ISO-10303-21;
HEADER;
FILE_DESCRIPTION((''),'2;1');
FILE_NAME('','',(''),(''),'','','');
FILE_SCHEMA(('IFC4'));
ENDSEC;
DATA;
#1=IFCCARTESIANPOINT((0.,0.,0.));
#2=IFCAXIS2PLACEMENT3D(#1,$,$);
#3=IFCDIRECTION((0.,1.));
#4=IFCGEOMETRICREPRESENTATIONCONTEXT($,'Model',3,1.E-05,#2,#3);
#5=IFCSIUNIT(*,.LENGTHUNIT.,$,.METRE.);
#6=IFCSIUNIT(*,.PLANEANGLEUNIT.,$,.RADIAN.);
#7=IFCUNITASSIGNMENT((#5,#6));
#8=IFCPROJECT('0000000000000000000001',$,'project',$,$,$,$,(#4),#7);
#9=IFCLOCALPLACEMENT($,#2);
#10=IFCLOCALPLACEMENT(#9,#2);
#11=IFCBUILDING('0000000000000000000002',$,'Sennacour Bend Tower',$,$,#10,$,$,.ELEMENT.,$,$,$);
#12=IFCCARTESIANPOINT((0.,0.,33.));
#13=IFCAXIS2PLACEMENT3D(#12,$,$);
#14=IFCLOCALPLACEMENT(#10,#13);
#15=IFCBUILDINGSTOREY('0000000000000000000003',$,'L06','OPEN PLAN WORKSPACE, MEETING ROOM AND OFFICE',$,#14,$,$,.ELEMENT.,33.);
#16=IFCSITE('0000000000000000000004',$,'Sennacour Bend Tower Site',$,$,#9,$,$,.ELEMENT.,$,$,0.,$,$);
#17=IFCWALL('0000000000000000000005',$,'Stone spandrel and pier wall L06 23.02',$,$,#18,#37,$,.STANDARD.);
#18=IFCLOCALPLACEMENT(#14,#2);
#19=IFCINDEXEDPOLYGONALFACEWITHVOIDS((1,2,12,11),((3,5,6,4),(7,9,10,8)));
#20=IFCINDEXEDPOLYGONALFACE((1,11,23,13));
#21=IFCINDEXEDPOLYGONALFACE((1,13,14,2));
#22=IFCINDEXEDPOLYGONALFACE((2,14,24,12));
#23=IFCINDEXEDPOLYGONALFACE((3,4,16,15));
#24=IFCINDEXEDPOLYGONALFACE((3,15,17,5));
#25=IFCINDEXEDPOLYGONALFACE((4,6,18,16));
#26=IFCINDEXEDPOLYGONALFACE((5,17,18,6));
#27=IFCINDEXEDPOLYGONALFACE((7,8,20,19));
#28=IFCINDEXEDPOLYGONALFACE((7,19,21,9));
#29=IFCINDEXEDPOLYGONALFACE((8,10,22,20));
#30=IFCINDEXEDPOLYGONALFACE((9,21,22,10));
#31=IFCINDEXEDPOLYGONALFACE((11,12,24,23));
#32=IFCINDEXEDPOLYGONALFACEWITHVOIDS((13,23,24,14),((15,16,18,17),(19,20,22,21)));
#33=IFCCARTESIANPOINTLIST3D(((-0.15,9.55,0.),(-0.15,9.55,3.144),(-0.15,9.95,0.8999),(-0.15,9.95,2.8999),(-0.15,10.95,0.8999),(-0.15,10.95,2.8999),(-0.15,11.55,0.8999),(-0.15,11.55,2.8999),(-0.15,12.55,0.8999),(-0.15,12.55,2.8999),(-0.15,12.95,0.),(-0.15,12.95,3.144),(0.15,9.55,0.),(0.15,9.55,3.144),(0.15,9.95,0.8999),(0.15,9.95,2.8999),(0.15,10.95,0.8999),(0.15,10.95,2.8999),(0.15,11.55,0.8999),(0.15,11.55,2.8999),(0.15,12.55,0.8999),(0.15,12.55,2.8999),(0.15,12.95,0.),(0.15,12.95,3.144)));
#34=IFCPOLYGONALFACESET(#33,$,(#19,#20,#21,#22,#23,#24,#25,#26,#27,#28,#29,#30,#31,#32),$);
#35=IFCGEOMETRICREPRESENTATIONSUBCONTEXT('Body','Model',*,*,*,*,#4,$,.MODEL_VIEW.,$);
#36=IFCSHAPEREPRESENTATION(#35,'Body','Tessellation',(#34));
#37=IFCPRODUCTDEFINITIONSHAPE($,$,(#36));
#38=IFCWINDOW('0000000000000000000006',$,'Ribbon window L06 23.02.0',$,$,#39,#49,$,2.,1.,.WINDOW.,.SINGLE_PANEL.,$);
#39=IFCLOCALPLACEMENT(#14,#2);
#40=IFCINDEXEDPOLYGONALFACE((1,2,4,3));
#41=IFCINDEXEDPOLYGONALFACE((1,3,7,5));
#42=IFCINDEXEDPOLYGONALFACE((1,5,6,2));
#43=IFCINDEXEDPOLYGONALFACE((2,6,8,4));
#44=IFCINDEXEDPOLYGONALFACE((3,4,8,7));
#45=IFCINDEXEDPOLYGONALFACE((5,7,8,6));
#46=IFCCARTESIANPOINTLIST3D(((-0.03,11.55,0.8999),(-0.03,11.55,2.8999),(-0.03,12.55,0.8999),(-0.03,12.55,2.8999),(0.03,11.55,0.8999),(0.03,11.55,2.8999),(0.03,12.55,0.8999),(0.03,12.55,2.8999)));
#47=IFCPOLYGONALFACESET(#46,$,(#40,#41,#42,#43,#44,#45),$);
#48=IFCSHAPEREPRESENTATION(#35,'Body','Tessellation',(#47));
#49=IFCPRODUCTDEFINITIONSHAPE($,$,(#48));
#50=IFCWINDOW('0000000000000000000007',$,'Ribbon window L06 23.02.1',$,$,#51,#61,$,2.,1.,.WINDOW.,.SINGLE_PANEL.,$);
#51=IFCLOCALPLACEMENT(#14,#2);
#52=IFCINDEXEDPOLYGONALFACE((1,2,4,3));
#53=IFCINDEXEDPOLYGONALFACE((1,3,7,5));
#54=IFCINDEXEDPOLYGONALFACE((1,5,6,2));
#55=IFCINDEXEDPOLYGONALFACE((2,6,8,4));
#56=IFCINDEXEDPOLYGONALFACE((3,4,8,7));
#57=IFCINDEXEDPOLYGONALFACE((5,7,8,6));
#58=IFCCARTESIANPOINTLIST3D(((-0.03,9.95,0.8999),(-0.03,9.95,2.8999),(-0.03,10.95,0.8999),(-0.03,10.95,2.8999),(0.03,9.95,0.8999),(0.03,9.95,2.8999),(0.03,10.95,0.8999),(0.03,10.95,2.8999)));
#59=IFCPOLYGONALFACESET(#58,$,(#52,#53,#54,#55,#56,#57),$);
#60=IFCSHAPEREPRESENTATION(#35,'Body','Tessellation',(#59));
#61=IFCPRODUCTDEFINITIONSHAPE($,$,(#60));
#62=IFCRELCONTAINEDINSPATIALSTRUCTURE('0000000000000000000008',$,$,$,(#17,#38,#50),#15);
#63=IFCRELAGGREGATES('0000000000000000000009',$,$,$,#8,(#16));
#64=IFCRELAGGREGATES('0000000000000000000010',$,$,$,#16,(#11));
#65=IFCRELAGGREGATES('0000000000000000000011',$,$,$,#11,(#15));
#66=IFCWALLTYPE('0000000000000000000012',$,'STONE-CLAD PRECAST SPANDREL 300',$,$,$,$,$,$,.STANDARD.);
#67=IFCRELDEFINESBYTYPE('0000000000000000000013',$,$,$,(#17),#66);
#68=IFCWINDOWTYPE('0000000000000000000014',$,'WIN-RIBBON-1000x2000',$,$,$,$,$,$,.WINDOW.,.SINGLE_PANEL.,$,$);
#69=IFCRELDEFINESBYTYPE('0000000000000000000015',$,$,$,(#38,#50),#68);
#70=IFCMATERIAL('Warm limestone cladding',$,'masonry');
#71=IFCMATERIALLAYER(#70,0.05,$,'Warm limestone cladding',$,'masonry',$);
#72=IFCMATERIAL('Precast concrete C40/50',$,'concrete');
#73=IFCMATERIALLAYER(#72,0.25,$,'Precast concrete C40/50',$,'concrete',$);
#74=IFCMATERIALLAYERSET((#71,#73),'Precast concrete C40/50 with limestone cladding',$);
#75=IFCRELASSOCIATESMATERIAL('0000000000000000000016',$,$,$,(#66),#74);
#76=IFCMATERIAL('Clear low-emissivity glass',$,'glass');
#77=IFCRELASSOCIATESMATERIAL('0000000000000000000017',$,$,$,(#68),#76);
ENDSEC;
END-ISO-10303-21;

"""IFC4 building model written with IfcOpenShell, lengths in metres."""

from ifc_helpers import new_model, si_unit, direction, frame, frame_2d, origin, place, context, subcontext, project, spatial, rectangle, extrude, material, layer, layer_set, type_object, element, fill, save


model = new_model("IFC4")

# Units and contexts
model_context = context("Model", 3, precision=1e-05, world=origin(), true_north=direction((0.0, 1.0)))
body_context = subcontext(model_context, "Body", "Model", "MODEL_VIEW")
ifc_project = project(units=[si_unit("LENGTHUNIT", "METRE"), si_unit("PLANEANGLEUNIT", "RADIAN")], contexts=[model_context])

# Site, building, storey
site_placement = place(None, origin())
site = spatial("IfcSite", under=ifc_project, at=site_placement, Name="Sennacour Bend Tower Site", CompositionType="ELEMENT", RefElevation=0.0)
building_placement = place(site_placement, origin())
building = spatial("IfcBuilding", under=site, at=building_placement, Name="Sennacour Bend Tower", CompositionType="ELEMENT")
storey_placement = place(building_placement, frame((0.0, 0.0, 33.0)))
storey = spatial("IfcBuildingStorey", under=building, at=storey_placement, Name="L06", Description="OPEN PLAN WORKSPACE, MEETING ROOM AND OFFICE", CompositionType="ELEMENT", Elevation=33.0)

# Wall, openings, windows
ifc_material_1 = material(Name="Warm limestone cladding", Category="masonry")
ifc_layer_1 = layer(ifc_material_1, 0.05, Name="Warm limestone cladding", Category="masonry")
ifc_material_2 = material(Name="Precast concrete C40/50", Category="concrete")
ifc_layer_2 = layer(ifc_material_2, 0.25, Name="Precast concrete C40/50", Category="concrete")
ifc_layer_set_1 = layer_set([ifc_layer_1, ifc_layer_2], Name="Precast concrete C40/50 with limestone cladding")
wall_type_1 = type_object("IfcWallType", Name="STONE-CLAD PRECAST SPANDREL 300", PredefinedType="STANDARD", material=ifc_layer_set_1)
ifc_material_3 = material(Name="Clear low-emissivity glass", Category="glass")
window_type = type_object("IfcWindowType", Name="WIN-RIBBON-1000x2000", PartitioningType="SINGLE_PANEL", PredefinedType="WINDOW", material=ifc_material_3)
wall_1_placement = place(storey_placement, frame((0.0, 12.95, 0.0), z_axis=(0.0, 0.0, 1.0), x_axis=(0.0, -1.0, 0.0)))
wall_1 = element("IfcWall", 1, at=wall_1_placement, inside=storey, type_object=wall_type_1, Name="Stone spandrel and pier wall L06 23.02", PredefinedType="STANDARD", context=body_context, shape_type="SweptSolid", body=[
    extrude(rectangle(XDim=3.3999, YDim=0.3, at=frame_2d((1.7, 0.0))), origin(), (0.0, 0.0, 1.0), 3.144),
])
opening_1_placement = place(wall_1_placement, frame((0.3999, 0.0, 0.8999)))
opening_1 = element("IfcOpeningElement", 2, at=opening_1_placement, cuts=wall_1, PredefinedType="OPENING", context=body_context, shape_type="SweptSolid", body=[
    extrude(rectangle(XDim=1.0, YDim=2.0, at=frame_2d((0.5, 1.0))), frame((0.0, 0.1602, 0.0), z_axis=(0.0, -1.0, 0.0), x_axis=(1.0, 0.0, 0.0)), (0.0, 0.0, 1.0), 0.3201),
])
opening_2_placement = place(wall_1_placement, frame((2.0, 0.0, 0.8999)))
opening_2 = element("IfcOpeningElement", 3, at=opening_2_placement, cuts=wall_1, PredefinedType="OPENING", context=body_context, shape_type="SweptSolid", body=[
    extrude(rectangle(XDim=1.0, YDim=2.0, at=frame_2d((0.5, 1.0))), frame((0.0, 0.1602, 0.0), z_axis=(0.0, -1.0, 0.0), x_axis=(1.0, 0.0, 0.0)), (0.0, 0.0, 1.0), 0.3201),
])
window_1_placement = place(opening_1_placement, origin())
window_1 = element("IfcWindow", 4, at=window_1_placement, inside=storey, type_object=window_type, Name="Ribbon window L06 23.02.0", OverallHeight=2.0, OverallWidth=1.0, PartitioningType="SINGLE_PANEL", PredefinedType="WINDOW", context=body_context, shape_type="SweptSolid", body=[
    extrude(rectangle(XDim=1.0, YDim=2.0, at=frame_2d((0.5, 1.0))), frame((0.0, 0.03, 0.0), z_axis=(0.0, -1.0, 0.0), x_axis=(1.0, 0.0, 0.0)), (0.0, 0.0, 1.0), 0.0601),
])
fill(opening_1, window_1)
window_2_placement = place(opening_2_placement, origin())
window_2 = element("IfcWindow", 5, at=window_2_placement, inside=storey, type_object=window_type, Name="Ribbon window L06 23.02.1", OverallHeight=2.0, OverallWidth=1.0, PartitioningType="SINGLE_PANEL", PredefinedType="WINDOW", context=body_context, shape_type="SweptSolid", body=[
    extrude(rectangle(XDim=1.0, YDim=2.0, at=frame_2d((0.5, 1.0))), frame((0.0, 0.03, 0.0), z_axis=(0.0, -1.0, 0.0), x_axis=(1.0, 0.0, 0.0)), (0.0, 0.0, 1.0), 0.0601),
])
fill(opening_2, window_2)

save(model, "model.ifc")
